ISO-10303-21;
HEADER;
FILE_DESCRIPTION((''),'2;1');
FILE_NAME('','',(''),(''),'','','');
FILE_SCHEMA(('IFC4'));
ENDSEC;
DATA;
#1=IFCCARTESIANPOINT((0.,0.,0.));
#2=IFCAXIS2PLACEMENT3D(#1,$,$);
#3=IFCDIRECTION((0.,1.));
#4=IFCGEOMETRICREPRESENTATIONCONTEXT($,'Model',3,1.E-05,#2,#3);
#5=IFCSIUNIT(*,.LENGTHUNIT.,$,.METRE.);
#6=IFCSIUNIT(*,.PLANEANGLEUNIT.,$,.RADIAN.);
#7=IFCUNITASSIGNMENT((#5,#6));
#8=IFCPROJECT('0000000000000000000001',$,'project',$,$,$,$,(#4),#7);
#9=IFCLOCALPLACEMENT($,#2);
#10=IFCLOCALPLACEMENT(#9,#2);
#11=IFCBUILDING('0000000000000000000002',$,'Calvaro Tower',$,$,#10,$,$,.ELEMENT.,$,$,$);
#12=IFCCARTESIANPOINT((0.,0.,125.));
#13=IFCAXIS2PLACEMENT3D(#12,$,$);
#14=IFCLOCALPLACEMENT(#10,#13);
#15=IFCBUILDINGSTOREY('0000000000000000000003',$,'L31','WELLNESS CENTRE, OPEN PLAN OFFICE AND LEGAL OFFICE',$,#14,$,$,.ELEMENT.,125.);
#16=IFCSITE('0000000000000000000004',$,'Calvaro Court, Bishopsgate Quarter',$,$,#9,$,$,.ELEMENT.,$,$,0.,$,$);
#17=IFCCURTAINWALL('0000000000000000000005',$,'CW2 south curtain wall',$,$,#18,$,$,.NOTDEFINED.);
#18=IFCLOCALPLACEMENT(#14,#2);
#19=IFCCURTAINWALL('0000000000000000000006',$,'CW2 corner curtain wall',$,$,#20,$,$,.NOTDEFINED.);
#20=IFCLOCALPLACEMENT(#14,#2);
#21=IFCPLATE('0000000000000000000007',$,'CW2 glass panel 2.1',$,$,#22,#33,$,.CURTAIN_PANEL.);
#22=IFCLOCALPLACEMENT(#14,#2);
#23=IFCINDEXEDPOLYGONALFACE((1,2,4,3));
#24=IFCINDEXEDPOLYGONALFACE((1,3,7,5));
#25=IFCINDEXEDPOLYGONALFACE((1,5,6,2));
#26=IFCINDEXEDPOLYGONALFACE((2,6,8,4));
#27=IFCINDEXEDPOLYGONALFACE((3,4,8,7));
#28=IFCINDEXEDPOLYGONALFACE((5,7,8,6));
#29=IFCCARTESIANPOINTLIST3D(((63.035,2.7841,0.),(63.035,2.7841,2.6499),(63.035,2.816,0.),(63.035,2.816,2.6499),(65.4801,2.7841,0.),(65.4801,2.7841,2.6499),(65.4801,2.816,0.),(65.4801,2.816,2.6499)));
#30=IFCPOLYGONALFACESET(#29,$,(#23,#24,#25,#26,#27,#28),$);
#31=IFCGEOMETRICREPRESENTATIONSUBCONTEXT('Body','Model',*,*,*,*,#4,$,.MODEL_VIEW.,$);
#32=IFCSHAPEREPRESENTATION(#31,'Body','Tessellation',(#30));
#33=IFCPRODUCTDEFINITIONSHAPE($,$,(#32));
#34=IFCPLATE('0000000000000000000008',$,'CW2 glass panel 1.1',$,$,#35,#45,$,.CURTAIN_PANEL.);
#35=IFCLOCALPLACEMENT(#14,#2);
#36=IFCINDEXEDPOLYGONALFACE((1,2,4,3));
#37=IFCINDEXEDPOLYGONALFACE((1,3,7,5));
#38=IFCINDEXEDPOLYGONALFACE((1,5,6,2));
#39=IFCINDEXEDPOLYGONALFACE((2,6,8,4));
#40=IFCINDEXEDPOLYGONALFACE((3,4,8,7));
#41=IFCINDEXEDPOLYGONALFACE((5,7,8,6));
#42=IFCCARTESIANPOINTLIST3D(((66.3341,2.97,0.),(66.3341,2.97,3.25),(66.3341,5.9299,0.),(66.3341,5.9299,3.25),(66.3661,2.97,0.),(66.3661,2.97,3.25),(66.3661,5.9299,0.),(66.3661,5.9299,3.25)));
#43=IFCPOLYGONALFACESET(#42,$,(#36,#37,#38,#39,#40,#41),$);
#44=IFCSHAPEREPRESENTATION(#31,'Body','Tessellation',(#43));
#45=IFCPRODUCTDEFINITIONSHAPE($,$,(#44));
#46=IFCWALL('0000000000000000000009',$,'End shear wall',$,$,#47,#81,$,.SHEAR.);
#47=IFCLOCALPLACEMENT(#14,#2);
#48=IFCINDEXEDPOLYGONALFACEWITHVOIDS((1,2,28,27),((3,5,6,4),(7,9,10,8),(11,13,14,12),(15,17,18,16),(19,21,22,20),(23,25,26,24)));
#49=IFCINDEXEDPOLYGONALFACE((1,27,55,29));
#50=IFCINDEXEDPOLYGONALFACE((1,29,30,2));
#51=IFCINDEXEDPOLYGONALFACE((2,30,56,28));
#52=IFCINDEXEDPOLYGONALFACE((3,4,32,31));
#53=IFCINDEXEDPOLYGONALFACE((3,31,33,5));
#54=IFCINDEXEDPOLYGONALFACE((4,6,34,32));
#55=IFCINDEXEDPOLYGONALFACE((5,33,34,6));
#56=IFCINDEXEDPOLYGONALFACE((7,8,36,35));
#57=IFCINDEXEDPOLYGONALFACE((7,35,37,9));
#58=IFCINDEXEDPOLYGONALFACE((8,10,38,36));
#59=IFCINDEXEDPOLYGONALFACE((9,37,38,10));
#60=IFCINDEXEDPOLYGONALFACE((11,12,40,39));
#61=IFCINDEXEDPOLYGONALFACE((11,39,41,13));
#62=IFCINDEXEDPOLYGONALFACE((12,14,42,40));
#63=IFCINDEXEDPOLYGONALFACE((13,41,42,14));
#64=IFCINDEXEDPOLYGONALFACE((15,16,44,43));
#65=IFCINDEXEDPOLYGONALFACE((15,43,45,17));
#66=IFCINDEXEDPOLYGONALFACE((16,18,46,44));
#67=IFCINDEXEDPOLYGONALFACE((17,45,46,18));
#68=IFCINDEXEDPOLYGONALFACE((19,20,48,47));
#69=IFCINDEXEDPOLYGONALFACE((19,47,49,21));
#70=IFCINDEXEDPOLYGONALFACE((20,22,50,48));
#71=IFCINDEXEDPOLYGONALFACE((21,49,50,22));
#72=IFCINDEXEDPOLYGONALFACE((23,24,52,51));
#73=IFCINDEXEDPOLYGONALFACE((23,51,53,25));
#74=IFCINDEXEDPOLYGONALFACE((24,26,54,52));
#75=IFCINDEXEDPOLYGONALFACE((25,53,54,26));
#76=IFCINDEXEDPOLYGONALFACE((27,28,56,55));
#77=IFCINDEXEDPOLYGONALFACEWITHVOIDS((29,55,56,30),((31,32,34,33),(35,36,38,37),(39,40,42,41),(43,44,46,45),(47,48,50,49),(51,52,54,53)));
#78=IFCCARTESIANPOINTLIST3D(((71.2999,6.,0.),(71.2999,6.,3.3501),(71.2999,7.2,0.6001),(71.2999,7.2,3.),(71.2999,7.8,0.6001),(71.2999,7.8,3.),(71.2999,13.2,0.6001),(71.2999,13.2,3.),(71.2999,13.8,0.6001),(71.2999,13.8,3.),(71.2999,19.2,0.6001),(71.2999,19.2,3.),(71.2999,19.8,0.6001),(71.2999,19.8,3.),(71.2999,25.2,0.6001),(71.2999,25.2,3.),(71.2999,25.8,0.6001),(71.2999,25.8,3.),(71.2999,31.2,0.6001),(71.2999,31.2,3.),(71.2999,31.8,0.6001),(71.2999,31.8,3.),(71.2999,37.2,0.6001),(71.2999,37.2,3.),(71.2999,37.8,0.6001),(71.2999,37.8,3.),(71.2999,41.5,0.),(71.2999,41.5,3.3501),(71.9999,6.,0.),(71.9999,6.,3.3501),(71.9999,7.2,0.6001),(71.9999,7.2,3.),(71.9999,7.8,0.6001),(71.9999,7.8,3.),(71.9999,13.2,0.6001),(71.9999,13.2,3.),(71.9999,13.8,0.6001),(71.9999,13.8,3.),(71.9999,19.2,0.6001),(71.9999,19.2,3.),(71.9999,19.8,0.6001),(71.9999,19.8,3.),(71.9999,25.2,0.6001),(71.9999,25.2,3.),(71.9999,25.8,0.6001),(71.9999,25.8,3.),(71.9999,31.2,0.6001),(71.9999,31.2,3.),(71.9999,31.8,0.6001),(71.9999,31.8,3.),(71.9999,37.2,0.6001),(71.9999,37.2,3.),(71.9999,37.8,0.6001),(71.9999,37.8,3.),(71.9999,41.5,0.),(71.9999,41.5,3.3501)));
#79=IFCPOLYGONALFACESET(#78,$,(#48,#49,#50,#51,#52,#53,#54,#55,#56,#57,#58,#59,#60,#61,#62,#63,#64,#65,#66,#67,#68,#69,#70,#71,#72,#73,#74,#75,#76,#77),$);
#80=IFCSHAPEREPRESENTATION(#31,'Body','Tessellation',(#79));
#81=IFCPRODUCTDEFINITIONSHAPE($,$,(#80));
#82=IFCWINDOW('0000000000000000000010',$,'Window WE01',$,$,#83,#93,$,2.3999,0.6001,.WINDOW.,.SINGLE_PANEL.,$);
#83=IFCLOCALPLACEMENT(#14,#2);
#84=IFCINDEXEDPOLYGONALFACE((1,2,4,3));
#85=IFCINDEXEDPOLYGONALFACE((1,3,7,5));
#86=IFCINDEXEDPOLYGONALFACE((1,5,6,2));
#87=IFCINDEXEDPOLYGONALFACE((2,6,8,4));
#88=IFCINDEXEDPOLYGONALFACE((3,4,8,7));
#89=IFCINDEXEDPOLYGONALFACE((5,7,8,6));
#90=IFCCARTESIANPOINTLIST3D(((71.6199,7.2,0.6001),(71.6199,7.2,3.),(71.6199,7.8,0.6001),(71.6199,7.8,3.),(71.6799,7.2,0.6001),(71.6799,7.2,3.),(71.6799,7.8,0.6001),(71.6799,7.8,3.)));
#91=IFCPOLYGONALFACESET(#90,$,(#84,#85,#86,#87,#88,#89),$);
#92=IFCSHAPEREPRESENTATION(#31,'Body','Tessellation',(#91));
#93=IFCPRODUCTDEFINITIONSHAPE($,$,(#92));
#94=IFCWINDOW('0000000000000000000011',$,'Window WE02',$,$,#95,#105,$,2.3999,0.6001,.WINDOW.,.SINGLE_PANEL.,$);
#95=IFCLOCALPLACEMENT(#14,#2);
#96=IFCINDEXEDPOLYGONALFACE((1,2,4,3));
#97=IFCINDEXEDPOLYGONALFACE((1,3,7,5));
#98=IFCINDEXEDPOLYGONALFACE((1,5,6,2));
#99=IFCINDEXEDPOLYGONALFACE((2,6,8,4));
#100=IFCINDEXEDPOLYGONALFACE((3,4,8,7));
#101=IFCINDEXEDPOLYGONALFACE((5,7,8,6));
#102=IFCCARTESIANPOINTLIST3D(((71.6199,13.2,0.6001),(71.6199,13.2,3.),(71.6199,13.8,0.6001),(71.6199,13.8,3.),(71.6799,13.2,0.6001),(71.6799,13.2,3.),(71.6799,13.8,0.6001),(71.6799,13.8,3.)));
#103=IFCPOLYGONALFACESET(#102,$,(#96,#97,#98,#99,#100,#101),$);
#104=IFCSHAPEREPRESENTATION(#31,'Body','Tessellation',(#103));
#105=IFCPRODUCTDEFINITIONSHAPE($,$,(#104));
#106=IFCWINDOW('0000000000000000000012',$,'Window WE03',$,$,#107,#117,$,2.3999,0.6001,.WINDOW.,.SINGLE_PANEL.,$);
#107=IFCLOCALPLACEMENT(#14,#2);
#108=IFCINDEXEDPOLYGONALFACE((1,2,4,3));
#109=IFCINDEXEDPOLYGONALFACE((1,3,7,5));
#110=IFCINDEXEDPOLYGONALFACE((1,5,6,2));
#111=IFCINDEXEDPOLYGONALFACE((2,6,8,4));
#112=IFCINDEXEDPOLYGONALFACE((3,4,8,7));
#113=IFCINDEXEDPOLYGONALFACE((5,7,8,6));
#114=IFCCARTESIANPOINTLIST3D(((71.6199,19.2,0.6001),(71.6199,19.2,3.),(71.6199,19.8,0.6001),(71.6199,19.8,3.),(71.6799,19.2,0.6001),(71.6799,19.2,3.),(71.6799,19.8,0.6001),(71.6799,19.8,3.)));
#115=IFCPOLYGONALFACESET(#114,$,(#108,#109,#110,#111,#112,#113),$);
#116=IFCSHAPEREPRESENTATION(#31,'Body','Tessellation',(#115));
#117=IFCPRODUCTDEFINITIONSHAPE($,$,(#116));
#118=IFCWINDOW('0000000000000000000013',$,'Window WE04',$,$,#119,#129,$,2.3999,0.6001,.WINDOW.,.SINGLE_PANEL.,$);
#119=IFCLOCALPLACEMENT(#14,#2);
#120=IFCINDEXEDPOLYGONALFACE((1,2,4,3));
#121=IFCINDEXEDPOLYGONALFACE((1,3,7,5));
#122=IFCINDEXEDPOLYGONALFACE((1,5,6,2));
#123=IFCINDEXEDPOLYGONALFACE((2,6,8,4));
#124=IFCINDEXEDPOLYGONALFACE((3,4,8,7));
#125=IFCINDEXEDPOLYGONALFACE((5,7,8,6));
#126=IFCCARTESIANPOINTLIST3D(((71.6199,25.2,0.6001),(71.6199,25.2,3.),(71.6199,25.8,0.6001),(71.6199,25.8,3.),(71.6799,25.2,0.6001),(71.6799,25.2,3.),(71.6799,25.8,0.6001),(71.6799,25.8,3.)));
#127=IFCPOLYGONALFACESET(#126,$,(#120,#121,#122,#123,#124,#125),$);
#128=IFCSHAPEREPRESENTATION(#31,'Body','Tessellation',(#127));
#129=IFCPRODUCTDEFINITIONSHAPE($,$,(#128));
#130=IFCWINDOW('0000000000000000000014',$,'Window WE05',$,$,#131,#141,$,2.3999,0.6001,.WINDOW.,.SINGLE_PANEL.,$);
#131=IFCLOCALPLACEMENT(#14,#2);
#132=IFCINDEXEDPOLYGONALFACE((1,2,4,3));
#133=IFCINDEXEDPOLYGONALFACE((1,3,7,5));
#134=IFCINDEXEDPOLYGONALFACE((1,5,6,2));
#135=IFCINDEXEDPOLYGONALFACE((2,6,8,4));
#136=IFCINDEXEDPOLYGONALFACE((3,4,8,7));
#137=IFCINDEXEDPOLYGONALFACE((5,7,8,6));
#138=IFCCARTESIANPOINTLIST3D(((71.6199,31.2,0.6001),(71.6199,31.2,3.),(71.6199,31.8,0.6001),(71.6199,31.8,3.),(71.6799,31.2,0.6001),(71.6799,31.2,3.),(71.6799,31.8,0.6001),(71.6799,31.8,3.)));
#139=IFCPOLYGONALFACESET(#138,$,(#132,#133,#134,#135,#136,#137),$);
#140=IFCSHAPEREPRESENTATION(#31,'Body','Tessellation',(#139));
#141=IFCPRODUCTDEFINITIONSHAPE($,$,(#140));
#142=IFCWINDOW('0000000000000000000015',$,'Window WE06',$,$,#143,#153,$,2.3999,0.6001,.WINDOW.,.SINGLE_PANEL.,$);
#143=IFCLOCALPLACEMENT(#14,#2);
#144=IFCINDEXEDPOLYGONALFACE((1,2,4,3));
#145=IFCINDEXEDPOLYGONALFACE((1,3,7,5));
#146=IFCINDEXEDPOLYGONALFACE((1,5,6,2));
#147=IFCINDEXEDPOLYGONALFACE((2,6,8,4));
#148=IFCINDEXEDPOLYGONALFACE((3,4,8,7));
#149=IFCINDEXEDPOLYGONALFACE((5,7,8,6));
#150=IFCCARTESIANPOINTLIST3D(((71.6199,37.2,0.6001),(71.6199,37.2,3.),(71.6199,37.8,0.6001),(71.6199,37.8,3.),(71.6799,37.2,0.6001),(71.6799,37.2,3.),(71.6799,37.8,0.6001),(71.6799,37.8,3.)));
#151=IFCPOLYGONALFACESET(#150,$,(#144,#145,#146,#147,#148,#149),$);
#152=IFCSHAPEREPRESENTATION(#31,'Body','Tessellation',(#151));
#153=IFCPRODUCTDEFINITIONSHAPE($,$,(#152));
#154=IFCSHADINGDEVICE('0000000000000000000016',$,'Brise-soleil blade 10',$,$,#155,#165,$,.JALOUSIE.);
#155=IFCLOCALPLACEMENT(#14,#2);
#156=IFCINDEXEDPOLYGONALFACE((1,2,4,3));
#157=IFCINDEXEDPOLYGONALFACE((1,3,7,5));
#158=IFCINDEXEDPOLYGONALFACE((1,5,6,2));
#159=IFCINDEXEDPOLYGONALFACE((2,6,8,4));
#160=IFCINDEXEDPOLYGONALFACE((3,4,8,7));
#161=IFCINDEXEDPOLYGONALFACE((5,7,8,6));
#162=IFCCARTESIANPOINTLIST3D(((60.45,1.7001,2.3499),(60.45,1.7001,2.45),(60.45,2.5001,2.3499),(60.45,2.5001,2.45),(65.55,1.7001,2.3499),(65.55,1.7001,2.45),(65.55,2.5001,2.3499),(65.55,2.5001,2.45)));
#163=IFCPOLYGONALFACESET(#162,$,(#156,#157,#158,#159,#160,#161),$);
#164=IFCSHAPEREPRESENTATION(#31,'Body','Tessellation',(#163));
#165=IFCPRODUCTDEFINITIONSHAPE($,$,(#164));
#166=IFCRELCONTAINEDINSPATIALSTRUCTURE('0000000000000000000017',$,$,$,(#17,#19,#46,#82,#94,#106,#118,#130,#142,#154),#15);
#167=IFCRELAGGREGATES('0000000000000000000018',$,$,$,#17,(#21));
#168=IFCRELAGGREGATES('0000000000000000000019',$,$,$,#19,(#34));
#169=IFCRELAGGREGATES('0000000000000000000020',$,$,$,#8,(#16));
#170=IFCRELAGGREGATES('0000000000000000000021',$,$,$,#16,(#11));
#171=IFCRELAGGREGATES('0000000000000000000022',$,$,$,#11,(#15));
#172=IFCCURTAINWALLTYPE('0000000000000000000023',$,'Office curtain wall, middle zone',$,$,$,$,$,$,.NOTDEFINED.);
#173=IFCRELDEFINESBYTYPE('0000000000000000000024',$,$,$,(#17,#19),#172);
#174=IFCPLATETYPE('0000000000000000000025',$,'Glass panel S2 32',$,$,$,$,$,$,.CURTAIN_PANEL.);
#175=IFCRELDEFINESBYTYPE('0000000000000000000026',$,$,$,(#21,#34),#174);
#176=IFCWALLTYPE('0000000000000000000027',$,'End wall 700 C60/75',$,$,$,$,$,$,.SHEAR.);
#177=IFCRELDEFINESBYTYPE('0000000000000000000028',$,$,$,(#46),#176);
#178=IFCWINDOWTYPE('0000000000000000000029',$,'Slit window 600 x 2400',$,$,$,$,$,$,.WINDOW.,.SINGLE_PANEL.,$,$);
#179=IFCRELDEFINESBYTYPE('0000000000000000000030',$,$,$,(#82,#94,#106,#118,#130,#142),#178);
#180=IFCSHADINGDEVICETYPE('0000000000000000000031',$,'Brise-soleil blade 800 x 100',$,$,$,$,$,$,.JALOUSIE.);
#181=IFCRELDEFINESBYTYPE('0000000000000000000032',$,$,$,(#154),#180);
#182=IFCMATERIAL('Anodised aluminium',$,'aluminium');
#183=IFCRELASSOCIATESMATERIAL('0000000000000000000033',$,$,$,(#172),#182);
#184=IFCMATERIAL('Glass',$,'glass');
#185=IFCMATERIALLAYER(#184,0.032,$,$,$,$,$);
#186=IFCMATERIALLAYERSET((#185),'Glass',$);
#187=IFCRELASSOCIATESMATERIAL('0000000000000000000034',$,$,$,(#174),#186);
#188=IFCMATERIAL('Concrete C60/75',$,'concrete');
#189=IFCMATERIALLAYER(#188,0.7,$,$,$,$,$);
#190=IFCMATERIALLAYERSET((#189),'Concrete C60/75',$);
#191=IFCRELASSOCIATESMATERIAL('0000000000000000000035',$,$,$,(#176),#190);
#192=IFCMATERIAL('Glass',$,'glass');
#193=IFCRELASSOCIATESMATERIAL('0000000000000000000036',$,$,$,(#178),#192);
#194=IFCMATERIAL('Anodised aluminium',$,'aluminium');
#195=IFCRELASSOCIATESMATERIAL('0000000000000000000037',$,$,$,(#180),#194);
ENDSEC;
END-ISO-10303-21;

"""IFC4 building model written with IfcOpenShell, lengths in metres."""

from ifc_helpers import new_model, si_unit, direction, frame, frame_2d, origin, origin_2d, place, context, subcontext, project, spatial, rectangle, extrude, material, layer, layer_set, material_profile, profile_set, type_object, element, fill, aggregate, save


model = new_model("IFC4")

# Units and contexts
model_context = context("Model", 3, precision=1e-05, world=origin(), true_north=direction((0.0, 1.0)))
body_context = subcontext(model_context, "Body", "Model", "MODEL_VIEW")
ifc_project = project(units=[si_unit("LENGTHUNIT", "METRE"), si_unit("PLANEANGLEUNIT", "RADIAN")], contexts=[model_context])

# Site, building, storey
site_placement = place(None, origin())
site = spatial("IfcSite", under=ifc_project, at=site_placement, Name="Calvaro Court, Bishopsgate Quarter", CompositionType="ELEMENT", RefElevation=0.0)
building_placement = place(site_placement, origin())
building = spatial("IfcBuilding", under=site, at=building_placement, Name="Calvaro Tower", CompositionType="ELEMENT")
storey_placement = place(building_placement, frame((0.0, 0.0, 125.0)))
storey = spatial("IfcBuildingStorey", under=building, at=storey_placement, Name="L31", Description="WELLNESS CENTRE, OPEN PLAN OFFICE AND LEGAL OFFICE", CompositionType="ELEMENT", Elevation=125.0)

# Shared definitions
ifc_material_1 = material(Name="Anodised aluminium", Category="aluminium")
curtain_wall_type = type_object("IfcCurtainWallType", Name="Office curtain wall, middle zone", PredefinedType="NOTDEFINED", material=ifc_material_1)

# Curtain walls
curtain_wall_1_placement = place(storey_placement, origin())
curtain_wall_1 = element("IfcCurtainWall", 1, at=curtain_wall_1_placement, inside=storey, type_object=curtain_wall_type, Name="CW2 south curtain wall", PredefinedType="NOTDEFINED")
curtain_wall_2_placement = place(storey_placement, origin())
curtain_wall_2 = element("IfcCurtainWall", 2, at=curtain_wall_2_placement, inside=storey, type_object=curtain_wall_type, Name="CW2 corner curtain wall", PredefinedType="NOTDEFINED")

# Plates
ifc_material_2 = material(Name="Glass", Category="glass")
ifc_layer_1 = layer(ifc_material_2, 0.032)
ifc_layer_set_1 = layer_set([ifc_layer_1], Name="Glass")
plate_type = type_object("IfcPlateType", Name="Glass panel S2 32", PredefinedType="CURTAIN_PANEL", material=ifc_layer_set_1)
plate_1_placement = place(storey_placement, frame((64.2576, 2.8, 0.0), z_axis=(0.0, 0.0, 1.0), x_axis=(1.0, 0.0, 0.0)))
plate_1 = element("IfcPlate", 3, at=plate_1_placement, type_object=plate_type, Name="CW2 glass panel 2.1", PredefinedType="CURTAIN_PANEL", context=body_context, shape_type="SweptSolid", body=[
    extrude(rectangle(XDim=2.4451, YDim=0.032, at=origin_2d()), origin(), (0.0, 0.0, 1.0), 2.6499),
])
aggregate(curtain_wall_1, [plate_1])
plate_2_placement = place(storey_placement, frame((66.3501, 4.45, 0.0), z_axis=(0.0, 0.0, 1.0), x_axis=(0.0, 1.0, 0.0)))
plate_2 = element("IfcPlate", 4, at=plate_2_placement, type_object=plate_type, Name="CW2 glass panel 1.1", PredefinedType="CURTAIN_PANEL", context=body_context, shape_type="SweptSolid", body=[
    extrude(rectangle(XDim=2.96, YDim=0.032, at=origin_2d()), origin(), (0.0, 0.0, 1.0), 3.25),
])
aggregate(curtain_wall_2, [plate_2])

# Wall, openings, windows
ifc_material_3 = material(Name="Concrete C60/75", Category="concrete")
ifc_layer_2 = layer(ifc_material_3, 0.7)
ifc_layer_set_2 = layer_set([ifc_layer_2], Name="Concrete C60/75")
wall_type = type_object("IfcWallType", Name="End wall 700 C60/75", PredefinedType="SHEAR", material=ifc_layer_set_2)
wall_placement = place(storey_placement, frame((71.6499, 6.0, 0.0), z_axis=(0.0, 0.0, 1.0), x_axis=(0.0, 1.0, 0.0)))
wall = element("IfcWall", 5, at=wall_placement, inside=storey, type_object=wall_type, Name="End shear wall", PredefinedType="SHEAR", context=body_context, shape_type="SweptSolid", body=[
    extrude(rectangle(XDim=35.5, YDim=0.7, at=frame_2d((17.75, 0.0))), origin(), (0.0, 0.0, 1.0), 3.3501),
])
opening_1_placement = place(wall_placement, frame((1.2, 0.0, 0.6001)))
opening_1 = element("IfcOpeningElement", 6, at=opening_1_placement, cuts=wall, PredefinedType="OPENING", context=body_context, shape_type="SweptSolid", body=[
    extrude(rectangle(XDim=0.6001, YDim=2.3999, at=frame_2d((0.3, 1.2))), frame((0.0, 0.3599, 0.0), z_axis=(0.0, -1.0, 0.0), x_axis=(1.0, 0.0, 0.0)), (0.0, 0.0, 1.0), 0.72),
])
opening_2_placement = place(wall_placement, frame((7.2, 0.0, 0.6001)))
opening_2 = element("IfcOpeningElement", 7, at=opening_2_placement, cuts=wall, PredefinedType="OPENING", context=body_context, shape_type="SweptSolid", body=[
    extrude(rectangle(XDim=0.6001, YDim=2.3999, at=frame_2d((0.3, 1.2))), frame((0.0, 0.3599, 0.0), z_axis=(0.0, -1.0, 0.0), x_axis=(1.0, 0.0, 0.0)), (0.0, 0.0, 1.0), 0.72),
])
opening_3_placement = place(wall_placement, frame((13.2, 0.0, 0.6001)))
opening_3 = element("IfcOpeningElement", 8, at=opening_3_placement, cuts=wall, PredefinedType="OPENING", context=body_context, shape_type="SweptSolid", body=[
    extrude(rectangle(XDim=0.6001, YDim=2.3999, at=frame_2d((0.3, 1.2))), frame((0.0, 0.3599, 0.0), z_axis=(0.0, -1.0, 0.0), x_axis=(1.0, 0.0, 0.0)), (0.0, 0.0, 1.0), 0.72),
])
opening_4_placement = place(wall_placement, frame((19.2, 0.0, 0.6001)))
opening_4 = element("IfcOpeningElement", 9, at=opening_4_placement, cuts=wall, PredefinedType="OPENING", context=body_context, shape_type="SweptSolid", body=[
    extrude(rectangle(XDim=0.6001, YDim=2.3999, at=frame_2d((0.3, 1.2))), frame((0.0, 0.3599, 0.0), z_axis=(0.0, -1.0, 0.0), x_axis=(1.0, 0.0, 0.0)), (0.0, 0.0, 1.0), 0.72),
])
opening_5_placement = place(wall_placement, frame((25.2, 0.0, 0.6001)))
opening_5 = element("IfcOpeningElement", 10, at=opening_5_placement, cuts=wall, PredefinedType="OPENING", context=body_context, shape_type="SweptSolid", body=[
    extrude(rectangle(XDim=0.6001, YDim=2.3999, at=frame_2d((0.3, 1.2))), frame((0.0, 0.3599, 0.0), z_axis=(0.0, -1.0, 0.0), x_axis=(1.0, 0.0, 0.0)), (0.0, 0.0, 1.0), 0.72),
])
opening_6_placement = place(wall_placement, frame((31.2, 0.0, 0.6001)))
opening_6 = element("IfcOpeningElement", 11, at=opening_6_placement, cuts=wall, PredefinedType="OPENING", context=body_context, shape_type="SweptSolid", body=[
    extrude(rectangle(XDim=0.6001, YDim=2.3999, at=frame_2d((0.3, 1.2))), frame((0.0, 0.3599, 0.0), z_axis=(0.0, -1.0, 0.0), x_axis=(1.0, 0.0, 0.0)), (0.0, 0.0, 1.0), 0.72),
])
ifc_material_4 = material(Name="Glass", Category="glass")
window_type = type_object("IfcWindowType", Name="Slit window 600 x 2400", PartitioningType="SINGLE_PANEL", PredefinedType="WINDOW", material=ifc_material_4)
window_1_placement = place(opening_1_placement, origin())
window_1 = element("IfcWindow", 12, at=window_1_placement, inside=storey, type_object=window_type, Name="Window WE01", OverallHeight=2.3999, OverallWidth=0.6001, PartitioningType="SINGLE_PANEL", PredefinedType="WINDOW", context=body_context, shape_type="SweptSolid", body=[
    extrude(rectangle(XDim=0.6001, YDim=2.3999, at=frame_2d((0.3, 1.2))), frame((0.0, 0.03, 0.0), z_axis=(0.0, -1.0, 0.0), x_axis=(1.0, 0.0, 0.0)), (0.0, 0.0, 1.0), 0.0601),
])
fill(opening_1, window_1)
window_2_placement = place(opening_2_placement, origin())
window_2 = element("IfcWindow", 13, at=window_2_placement, inside=storey, type_object=window_type, Name="Window WE02", OverallHeight=2.3999, OverallWidth=0.6001, PartitioningType="SINGLE_PANEL", PredefinedType="WINDOW", context=body_context, shape_type="SweptSolid", body=[
    extrude(rectangle(XDim=0.6001, YDim=2.3999, at=frame_2d((0.3, 1.2))), frame((0.0, 0.03, 0.0), z_axis=(0.0, -1.0, 0.0), x_axis=(1.0, 0.0, 0.0)), (0.0, 0.0, 1.0), 0.0601),
])
fill(opening_2, window_2)
window_3_placement = place(opening_3_placement, origin())
window_3 = element("IfcWindow", 14, at=window_3_placement, inside=storey, type_object=window_type, Name="Window WE03", OverallHeight=2.3999, OverallWidth=0.6001, PartitioningType="SINGLE_PANEL", PredefinedType="WINDOW", context=body_context, shape_type="SweptSolid", body=[
    extrude(rectangle(XDim=0.6001, YDim=2.3999, at=frame_2d((0.3, 1.2))), frame((0.0, 0.03, 0.0), z_axis=(0.0, -1.0, 0.0), x_axis=(1.0, 0.0, 0.0)), (0.0, 0.0, 1.0), 0.0601),
])
fill(opening_3, window_3)
window_4_placement = place(opening_4_placement, origin())
window_4 = element("IfcWindow", 15, at=window_4_placement, inside=storey, type_object=window_type, Name="Window WE04", OverallHeight=2.3999, OverallWidth=0.6001, PartitioningType="SINGLE_PANEL", PredefinedType="WINDOW", context=body_context, shape_type="SweptSolid", body=[
    extrude(rectangle(XDim=0.6001, YDim=2.3999, at=frame_2d((0.3, 1.2))), frame((0.0, 0.03, 0.0), z_axis=(0.0, -1.0, 0.0), x_axis=(1.0, 0.0, 0.0)), (0.0, 0.0, 1.0), 0.0601),
])
fill(opening_4, window_4)
window_5_placement = place(opening_5_placement, origin())
window_5 = element("IfcWindow", 16, at=window_5_placement, inside=storey, type_object=window_type, Name="Window WE05", OverallHeight=2.3999, OverallWidth=0.6001, PartitioningType="SINGLE_PANEL", PredefinedType="WINDOW", context=body_context, shape_type="SweptSolid", body=[
    extrude(rectangle(XDim=0.6001, YDim=2.3999, at=frame_2d((0.3, 1.2))), frame((0.0, 0.03, 0.0), z_axis=(0.0, -1.0, 0.0), x_axis=(1.0, 0.0, 0.0)), (0.0, 0.0, 1.0), 0.0601),
])
fill(opening_5, window_5)
window_6_placement = place(opening_6_placement, origin())
window_6 = element("IfcWindow", 17, at=window_6_placement, inside=storey, type_object=window_type, Name="Window WE06", OverallHeight=2.3999, OverallWidth=0.6001, PartitioningType="SINGLE_PANEL", PredefinedType="WINDOW", context=body_context, shape_type="SweptSolid", body=[
    extrude(rectangle(XDim=0.6001, YDim=2.3999, at=frame_2d((0.3, 1.2))), frame((0.0, 0.03, 0.0), z_axis=(0.0, -1.0, 0.0), x_axis=(1.0, 0.0, 0.0)), (0.0, 0.0, 1.0), 0.0601),
])
fill(opening_6, window_6)

# Shading device
ifc_material_5 = material(Name="Anodised aluminium", Category="aluminium")
ifc_material_profile_1 = material_profile(ifc_material_5, rectangle(XDim=0.8, YDim=0.1001, at=origin_2d()), Name="Brise-soleil blade 800 x 100")
ifc_profile_set_1 = profile_set([ifc_material_profile_1], Name="Anodised aluminium")
shading_device_type = type_object("IfcShadingDeviceType", Name="Brise-soleil blade 800 x 100", PredefinedType="JALOUSIE", material=ifc_profile_set_1)
shading_device_placement = place(storey_placement, frame((60.45, 2.1001, 2.3999), z_axis=(1.0, 0.0, 0.0), x_axis=(0.0, 1.0, 0.0)))
element("IfcShadingDevice", 18, at=shading_device_placement, inside=storey, type_object=shading_device_type, Name="Brise-soleil blade 10", PredefinedType="JALOUSIE", context=body_context, shape_type="SweptSolid", body=[
    extrude(rectangle(XDim=0.8, YDim=0.1001, at=origin_2d()), origin(), (0.0, 0.0, 1.0), 5.1001),
])

save(model, "model.ifc")
